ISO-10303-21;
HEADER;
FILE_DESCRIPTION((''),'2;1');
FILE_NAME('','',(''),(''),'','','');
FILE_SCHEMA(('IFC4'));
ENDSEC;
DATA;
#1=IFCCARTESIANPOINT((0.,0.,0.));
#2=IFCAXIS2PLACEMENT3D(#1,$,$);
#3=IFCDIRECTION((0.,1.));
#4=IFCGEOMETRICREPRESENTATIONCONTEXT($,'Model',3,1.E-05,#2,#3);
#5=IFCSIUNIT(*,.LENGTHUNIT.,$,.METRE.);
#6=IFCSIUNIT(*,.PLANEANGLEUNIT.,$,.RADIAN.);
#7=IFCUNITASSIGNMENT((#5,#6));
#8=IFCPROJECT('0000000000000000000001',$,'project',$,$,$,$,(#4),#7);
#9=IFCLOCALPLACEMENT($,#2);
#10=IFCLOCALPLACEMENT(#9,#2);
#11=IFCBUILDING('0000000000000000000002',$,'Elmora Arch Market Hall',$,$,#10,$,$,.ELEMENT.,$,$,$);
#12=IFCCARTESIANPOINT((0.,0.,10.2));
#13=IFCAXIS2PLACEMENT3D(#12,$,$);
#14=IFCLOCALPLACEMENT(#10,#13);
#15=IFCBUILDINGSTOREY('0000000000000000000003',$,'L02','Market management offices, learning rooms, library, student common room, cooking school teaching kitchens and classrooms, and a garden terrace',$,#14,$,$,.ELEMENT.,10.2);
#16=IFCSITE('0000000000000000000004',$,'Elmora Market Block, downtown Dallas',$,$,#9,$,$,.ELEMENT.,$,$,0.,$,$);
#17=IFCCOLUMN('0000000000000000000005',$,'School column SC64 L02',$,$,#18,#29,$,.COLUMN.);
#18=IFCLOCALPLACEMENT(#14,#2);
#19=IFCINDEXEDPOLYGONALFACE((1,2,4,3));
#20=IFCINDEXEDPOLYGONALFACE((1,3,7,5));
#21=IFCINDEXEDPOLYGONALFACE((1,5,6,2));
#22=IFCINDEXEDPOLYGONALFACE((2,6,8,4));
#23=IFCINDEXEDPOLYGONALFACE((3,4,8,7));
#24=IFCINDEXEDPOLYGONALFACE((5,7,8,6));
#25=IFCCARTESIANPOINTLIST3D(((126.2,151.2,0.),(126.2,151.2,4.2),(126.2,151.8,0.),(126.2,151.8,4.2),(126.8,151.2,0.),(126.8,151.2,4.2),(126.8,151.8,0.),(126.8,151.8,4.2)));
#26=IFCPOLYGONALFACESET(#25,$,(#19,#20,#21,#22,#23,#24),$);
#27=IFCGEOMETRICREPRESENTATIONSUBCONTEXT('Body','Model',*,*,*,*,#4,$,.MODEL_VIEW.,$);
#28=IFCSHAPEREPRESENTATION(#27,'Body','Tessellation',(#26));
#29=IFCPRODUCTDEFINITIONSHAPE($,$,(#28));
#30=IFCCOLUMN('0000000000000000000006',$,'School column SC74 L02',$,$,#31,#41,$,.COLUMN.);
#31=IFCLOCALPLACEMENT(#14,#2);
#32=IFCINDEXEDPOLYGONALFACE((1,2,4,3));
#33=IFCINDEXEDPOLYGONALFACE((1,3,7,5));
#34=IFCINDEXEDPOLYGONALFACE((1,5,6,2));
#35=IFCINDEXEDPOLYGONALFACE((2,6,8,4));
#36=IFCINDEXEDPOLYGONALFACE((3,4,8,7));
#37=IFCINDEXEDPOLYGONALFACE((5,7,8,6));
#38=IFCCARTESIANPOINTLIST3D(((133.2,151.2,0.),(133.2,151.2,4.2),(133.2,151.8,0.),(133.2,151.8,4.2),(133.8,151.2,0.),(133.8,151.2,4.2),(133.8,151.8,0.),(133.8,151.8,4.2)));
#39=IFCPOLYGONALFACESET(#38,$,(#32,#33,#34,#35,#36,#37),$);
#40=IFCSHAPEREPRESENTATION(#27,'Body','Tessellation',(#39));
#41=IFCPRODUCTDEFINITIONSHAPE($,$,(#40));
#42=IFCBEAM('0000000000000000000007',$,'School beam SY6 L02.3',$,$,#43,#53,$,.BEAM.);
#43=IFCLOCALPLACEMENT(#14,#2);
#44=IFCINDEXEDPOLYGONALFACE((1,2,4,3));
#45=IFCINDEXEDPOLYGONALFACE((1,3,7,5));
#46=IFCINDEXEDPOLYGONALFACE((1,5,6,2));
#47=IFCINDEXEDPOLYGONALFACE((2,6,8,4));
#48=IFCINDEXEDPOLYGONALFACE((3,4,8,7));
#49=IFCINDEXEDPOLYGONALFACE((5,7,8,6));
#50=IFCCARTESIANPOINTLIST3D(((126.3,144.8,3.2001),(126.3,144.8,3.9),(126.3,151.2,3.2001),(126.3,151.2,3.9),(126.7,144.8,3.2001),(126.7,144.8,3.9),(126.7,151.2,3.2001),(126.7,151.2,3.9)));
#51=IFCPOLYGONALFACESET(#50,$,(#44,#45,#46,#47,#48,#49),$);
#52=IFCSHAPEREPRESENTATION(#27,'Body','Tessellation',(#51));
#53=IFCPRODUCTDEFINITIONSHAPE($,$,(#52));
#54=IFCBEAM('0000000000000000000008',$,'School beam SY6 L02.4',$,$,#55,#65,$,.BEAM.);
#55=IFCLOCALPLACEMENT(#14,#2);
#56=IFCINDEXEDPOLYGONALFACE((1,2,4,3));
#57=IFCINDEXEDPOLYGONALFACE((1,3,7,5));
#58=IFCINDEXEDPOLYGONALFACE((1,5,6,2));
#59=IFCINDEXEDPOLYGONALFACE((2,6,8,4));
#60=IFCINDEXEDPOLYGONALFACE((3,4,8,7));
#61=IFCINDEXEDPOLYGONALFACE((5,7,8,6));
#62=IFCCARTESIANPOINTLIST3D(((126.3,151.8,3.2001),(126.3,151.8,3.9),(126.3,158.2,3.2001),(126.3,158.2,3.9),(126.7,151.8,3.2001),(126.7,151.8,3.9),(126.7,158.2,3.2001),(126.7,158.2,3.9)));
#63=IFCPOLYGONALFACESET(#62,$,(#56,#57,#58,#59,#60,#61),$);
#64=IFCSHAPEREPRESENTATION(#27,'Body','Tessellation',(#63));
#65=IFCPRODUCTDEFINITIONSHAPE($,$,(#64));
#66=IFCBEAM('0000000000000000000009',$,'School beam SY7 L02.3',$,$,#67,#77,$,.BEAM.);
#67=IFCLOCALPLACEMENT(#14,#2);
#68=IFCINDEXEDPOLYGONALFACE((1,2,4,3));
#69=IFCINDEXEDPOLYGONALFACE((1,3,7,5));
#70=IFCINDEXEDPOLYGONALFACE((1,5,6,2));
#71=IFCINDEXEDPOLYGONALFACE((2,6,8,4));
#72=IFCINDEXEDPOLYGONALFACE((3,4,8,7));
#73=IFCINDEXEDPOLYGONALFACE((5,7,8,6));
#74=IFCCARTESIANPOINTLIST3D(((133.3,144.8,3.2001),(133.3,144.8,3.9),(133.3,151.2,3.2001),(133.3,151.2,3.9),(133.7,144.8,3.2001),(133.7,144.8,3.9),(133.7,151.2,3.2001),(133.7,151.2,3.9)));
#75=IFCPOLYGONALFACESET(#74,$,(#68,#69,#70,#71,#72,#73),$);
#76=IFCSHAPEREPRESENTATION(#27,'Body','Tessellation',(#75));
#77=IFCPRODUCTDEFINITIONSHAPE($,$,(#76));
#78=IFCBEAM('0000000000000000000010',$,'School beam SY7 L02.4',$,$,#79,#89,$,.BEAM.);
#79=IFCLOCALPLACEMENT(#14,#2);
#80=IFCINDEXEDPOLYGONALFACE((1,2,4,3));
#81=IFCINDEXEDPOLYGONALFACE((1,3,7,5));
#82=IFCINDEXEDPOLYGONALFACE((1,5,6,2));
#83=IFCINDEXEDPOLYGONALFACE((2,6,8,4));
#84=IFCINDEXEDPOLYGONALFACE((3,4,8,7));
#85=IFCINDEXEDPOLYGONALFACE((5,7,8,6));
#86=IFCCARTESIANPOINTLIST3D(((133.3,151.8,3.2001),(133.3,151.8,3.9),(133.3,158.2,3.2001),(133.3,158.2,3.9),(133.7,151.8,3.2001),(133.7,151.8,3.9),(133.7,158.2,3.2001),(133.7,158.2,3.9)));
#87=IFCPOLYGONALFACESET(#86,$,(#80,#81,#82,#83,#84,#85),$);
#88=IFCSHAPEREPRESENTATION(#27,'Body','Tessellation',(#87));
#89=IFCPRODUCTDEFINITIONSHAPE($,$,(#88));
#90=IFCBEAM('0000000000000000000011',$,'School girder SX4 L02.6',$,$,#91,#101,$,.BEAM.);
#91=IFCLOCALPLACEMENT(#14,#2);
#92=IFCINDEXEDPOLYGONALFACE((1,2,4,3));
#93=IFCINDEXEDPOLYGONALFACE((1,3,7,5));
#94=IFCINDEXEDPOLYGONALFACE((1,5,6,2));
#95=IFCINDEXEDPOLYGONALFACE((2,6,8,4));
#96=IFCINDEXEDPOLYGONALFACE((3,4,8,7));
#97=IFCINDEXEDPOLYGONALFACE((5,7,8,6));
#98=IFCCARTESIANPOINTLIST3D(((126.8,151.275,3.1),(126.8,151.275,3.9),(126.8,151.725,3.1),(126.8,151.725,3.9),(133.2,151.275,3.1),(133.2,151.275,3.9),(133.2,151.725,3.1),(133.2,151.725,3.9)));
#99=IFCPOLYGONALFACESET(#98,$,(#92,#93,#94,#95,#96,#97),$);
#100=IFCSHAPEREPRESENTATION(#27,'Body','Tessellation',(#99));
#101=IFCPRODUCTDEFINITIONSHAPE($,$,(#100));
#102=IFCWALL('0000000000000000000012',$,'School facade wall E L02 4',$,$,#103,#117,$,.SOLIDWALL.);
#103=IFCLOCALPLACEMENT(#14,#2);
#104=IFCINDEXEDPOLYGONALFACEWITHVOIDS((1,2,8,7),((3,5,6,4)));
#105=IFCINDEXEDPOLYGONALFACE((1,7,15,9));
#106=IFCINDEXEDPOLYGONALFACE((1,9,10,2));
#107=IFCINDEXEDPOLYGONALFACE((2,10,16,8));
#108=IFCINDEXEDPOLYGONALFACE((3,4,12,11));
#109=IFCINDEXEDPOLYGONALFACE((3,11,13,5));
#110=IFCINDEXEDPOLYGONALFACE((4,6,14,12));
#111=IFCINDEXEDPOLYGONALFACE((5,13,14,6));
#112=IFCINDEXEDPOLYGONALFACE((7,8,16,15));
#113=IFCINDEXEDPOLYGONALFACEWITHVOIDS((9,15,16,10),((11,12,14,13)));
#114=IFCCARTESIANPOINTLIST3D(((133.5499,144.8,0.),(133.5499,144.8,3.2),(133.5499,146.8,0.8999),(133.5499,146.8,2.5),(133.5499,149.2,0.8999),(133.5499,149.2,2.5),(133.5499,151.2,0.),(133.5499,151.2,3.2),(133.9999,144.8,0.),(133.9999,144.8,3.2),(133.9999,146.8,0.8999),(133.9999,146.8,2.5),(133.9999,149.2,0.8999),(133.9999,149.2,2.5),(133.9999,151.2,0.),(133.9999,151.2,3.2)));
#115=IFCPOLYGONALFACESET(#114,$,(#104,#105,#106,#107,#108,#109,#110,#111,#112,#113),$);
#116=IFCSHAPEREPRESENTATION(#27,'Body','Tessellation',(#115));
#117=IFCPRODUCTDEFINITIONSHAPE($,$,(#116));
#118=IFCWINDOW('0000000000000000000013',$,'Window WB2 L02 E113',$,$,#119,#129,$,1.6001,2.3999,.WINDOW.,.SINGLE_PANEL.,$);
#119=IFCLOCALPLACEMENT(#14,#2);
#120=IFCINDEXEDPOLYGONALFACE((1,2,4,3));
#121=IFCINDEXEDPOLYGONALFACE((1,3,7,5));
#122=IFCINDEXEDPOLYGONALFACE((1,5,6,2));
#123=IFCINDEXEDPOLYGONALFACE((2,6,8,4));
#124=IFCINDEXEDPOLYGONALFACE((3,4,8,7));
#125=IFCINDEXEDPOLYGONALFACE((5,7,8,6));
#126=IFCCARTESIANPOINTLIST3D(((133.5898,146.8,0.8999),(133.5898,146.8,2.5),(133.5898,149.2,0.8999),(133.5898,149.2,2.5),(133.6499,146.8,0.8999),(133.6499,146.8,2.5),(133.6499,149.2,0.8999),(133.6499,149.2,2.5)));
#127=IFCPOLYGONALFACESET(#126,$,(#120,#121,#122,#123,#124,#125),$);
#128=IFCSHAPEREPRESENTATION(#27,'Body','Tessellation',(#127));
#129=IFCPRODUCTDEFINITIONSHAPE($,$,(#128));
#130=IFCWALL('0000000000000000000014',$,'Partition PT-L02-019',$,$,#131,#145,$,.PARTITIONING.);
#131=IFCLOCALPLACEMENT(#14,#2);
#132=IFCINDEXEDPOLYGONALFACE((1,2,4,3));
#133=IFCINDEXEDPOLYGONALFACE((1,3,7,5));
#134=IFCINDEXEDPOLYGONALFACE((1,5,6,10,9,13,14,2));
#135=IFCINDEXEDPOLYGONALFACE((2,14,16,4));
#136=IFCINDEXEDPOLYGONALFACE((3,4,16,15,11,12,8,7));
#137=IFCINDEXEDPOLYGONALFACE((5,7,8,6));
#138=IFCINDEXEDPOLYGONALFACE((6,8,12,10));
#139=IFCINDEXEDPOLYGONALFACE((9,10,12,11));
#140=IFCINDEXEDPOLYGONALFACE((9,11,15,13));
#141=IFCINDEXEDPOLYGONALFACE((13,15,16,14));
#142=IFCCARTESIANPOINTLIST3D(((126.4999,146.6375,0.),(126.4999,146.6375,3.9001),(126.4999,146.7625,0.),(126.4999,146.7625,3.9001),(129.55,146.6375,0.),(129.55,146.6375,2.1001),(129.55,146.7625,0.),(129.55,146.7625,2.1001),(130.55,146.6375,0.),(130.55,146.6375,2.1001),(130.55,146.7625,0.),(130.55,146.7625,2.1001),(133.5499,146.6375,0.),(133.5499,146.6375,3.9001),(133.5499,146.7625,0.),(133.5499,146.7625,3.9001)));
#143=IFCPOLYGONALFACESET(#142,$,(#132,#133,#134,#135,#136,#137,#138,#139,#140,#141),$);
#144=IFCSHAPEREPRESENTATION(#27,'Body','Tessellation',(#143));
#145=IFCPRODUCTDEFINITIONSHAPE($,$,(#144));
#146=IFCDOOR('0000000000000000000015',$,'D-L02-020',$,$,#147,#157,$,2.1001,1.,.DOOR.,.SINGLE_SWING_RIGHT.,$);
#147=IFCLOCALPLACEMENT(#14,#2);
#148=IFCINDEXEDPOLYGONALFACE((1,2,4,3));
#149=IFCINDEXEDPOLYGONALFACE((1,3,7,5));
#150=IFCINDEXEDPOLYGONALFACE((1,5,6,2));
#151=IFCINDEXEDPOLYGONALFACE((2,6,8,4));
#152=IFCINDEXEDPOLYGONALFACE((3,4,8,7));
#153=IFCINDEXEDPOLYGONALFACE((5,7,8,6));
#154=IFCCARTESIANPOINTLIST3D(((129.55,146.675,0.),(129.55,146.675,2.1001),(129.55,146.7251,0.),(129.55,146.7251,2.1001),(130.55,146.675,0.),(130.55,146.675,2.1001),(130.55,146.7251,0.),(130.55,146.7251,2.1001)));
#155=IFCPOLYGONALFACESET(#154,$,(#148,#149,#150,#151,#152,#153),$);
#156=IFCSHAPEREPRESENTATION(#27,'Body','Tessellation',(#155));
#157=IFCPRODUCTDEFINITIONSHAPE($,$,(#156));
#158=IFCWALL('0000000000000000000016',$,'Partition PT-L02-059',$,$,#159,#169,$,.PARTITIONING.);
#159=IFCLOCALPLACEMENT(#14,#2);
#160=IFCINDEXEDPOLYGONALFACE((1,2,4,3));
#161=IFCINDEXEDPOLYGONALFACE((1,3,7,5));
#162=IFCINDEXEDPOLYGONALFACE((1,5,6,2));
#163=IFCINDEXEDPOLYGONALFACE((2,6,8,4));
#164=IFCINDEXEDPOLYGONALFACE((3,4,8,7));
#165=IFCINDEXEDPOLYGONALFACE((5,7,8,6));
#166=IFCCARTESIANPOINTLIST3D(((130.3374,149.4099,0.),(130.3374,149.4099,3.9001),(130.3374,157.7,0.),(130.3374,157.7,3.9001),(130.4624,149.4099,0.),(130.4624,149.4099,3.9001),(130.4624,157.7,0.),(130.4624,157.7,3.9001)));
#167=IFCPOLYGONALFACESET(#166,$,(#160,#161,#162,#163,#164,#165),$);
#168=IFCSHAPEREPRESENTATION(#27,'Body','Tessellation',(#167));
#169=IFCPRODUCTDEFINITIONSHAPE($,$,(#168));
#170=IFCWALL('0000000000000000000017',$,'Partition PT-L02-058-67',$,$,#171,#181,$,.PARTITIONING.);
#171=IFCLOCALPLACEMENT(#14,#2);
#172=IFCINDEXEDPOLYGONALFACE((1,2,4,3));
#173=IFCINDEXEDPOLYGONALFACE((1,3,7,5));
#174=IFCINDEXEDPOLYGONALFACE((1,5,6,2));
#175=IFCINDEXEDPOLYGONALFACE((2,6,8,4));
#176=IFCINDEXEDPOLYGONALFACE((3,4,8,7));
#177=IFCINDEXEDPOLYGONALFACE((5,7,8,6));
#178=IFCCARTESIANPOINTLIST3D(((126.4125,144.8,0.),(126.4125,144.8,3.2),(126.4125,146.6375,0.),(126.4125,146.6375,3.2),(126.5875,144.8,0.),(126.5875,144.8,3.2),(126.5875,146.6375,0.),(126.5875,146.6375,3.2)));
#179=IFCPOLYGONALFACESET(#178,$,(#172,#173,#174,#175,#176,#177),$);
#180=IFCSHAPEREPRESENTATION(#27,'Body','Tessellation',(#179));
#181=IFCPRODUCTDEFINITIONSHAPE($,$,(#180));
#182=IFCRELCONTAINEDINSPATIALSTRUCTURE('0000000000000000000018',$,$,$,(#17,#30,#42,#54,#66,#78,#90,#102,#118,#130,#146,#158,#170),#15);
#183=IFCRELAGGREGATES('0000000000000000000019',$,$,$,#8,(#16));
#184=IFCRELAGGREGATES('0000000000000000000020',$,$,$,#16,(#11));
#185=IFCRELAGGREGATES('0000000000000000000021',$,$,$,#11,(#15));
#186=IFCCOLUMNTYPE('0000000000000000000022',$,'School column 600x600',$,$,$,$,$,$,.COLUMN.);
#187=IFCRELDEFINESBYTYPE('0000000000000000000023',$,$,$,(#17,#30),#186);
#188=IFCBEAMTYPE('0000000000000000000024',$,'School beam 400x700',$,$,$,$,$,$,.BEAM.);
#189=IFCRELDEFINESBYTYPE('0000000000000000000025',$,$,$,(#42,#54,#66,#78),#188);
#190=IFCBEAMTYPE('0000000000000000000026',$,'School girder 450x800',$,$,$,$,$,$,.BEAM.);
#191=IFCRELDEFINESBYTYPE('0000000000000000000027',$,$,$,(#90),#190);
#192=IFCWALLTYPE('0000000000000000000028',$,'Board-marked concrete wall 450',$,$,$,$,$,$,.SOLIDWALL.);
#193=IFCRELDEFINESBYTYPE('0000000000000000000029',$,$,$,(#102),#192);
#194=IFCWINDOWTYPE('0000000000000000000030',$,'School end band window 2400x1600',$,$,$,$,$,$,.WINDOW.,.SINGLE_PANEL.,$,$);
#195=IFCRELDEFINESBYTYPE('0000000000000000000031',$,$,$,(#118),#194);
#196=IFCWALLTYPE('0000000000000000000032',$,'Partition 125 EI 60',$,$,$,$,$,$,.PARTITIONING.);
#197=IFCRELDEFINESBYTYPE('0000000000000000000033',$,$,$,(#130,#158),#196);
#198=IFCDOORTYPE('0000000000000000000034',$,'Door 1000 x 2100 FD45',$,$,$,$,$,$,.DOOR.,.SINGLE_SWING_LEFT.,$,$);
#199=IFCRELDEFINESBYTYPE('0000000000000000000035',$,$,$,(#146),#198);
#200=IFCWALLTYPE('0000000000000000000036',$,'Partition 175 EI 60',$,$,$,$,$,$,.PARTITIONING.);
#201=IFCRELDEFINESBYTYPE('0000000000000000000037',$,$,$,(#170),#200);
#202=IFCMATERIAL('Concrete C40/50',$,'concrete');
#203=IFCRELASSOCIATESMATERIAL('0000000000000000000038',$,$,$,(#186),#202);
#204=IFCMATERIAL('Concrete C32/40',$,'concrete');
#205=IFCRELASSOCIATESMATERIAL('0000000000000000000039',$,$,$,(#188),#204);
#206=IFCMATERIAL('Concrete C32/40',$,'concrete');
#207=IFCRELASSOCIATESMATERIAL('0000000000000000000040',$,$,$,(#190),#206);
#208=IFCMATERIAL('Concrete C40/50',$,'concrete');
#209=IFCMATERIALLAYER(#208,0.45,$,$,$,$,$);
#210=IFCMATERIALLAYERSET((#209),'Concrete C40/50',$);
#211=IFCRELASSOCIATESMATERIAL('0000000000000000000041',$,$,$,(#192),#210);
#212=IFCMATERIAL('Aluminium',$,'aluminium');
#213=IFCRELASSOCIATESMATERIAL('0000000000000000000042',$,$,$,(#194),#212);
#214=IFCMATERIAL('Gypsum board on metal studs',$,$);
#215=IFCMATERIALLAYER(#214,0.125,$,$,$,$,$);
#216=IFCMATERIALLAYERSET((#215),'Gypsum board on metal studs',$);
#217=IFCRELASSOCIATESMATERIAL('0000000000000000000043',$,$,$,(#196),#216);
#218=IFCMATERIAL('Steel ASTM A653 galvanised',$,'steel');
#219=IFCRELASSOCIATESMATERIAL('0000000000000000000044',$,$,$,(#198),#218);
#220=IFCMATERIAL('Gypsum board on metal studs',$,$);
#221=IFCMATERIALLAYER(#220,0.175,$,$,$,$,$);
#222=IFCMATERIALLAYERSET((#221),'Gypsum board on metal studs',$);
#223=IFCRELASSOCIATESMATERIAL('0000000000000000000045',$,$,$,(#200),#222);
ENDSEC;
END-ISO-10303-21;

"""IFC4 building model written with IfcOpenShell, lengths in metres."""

from ifc_helpers import new_model, si_unit, direction, frame, frame_2d, origin, origin_2d, place, context, subcontext, project, spatial, rectangle, extrude, material, layer, layer_set, material_profile, profile_set, type_object, element, fill, save


model = new_model("IFC4")

# Units and contexts
model_context = context("Model", 3, precision=1e-05, world=origin(), true_north=direction((0.0, 1.0)))
body_context = subcontext(model_context, "Body", "Model", "MODEL_VIEW")
ifc_project = project(units=[si_unit("LENGTHUNIT", "METRE"), si_unit("PLANEANGLEUNIT", "RADIAN")], contexts=[model_context])

# Site, building, storey
site_placement = place(None, origin())
site = spatial("IfcSite", under=ifc_project, at=site_placement, Name="Elmora Market Block, downtown Dallas", CompositionType="ELEMENT", RefElevation=0.0)
building_placement = place(site_placement, origin())
building = spatial("IfcBuilding", under=site, at=building_placement, Name="Elmora Arch Market Hall", CompositionType="ELEMENT")
storey_placement = place(building_placement, frame((0.0, 0.0, 10.2)))
storey = spatial("IfcBuildingStorey", under=building, at=storey_placement, Name="L02", Description="Market management offices, learning rooms, library, student common room, cooking school teaching kitchens and classrooms, and a garden terrace", CompositionType="ELEMENT", Elevation=10.2)

# Columns
ifc_material_1 = material(Name="Concrete C40/50", Category="concrete")
ifc_material_profile_1 = material_profile(ifc_material_1, rectangle(XDim=0.6001, YDim=0.6001, at=origin_2d()), Name="School column 600x600")
ifc_profile_set_1 = profile_set([ifc_material_profile_1], Name="Concrete C40/50")
column_type = type_object("IfcColumnType", Name="School column 600x600", PredefinedType="COLUMN", material=ifc_profile_set_1)
for number, where, z_axis, x_axis, name in (
    (1, (126.5, 151.5, 0.0), (0.0, 0.0, 1.0), (1.0, 0.0, 0.0), "School column SC64 L02"),
    (2, (133.5, 151.5, 0.0), (0.0, 0.0, 1.0), (1.0, 0.0, 0.0), "School column SC74 L02"),
):
    element("IfcColumn", number, at=place(storey_placement, frame(where, z_axis=z_axis, x_axis=x_axis)), inside=storey, type_object=column_type, Name=name, PredefinedType="COLUMN", context=body_context, shape_type="SweptSolid", body=[
        extrude(rectangle(XDim=0.6001, YDim=0.6001, at=origin_2d()), origin(), (0.0, 0.0, 1.0), 4.2),
    ])

# Beams
ifc_material_2 = material(Name="Concrete C32/40", Category="concrete")
ifc_material_profile_2 = material_profile(ifc_material_2, rectangle(XDim=0.3999, YDim=0.7, at=origin_2d()), Name="School beam 400x700")
ifc_profile_set_2 = profile_set([ifc_material_profile_2], Name="Concrete C32/40")
beam_type_1 = type_object("IfcBeamType", Name="School beam 400x700", PredefinedType="BEAM", material=ifc_profile_set_2)
for number, where, z_axis, x_axis, name in (
    (3, (126.5, 144.8, 3.55), (0.0, 1.0, 0.0), (-1.0, 0.0, 0.0), "School beam SY6 L02.3"),
    (4, (126.5, 151.8, 3.55), (0.0, 1.0, 0.0), (-1.0, 0.0, 0.0), "School beam SY6 L02.4"),
    (5, (133.5, 144.8, 3.55), (0.0, 1.0, 0.0), (-1.0, 0.0, 0.0), "School beam SY7 L02.3"),
    (6, (133.5, 151.8, 3.55), (0.0, 1.0, 0.0), (-1.0, 0.0, 0.0), "School beam SY7 L02.4"),
):
    element("IfcBeam", number, at=place(storey_placement, frame(where, z_axis=z_axis, x_axis=x_axis)), inside=storey, type_object=beam_type_1, Name=name, PredefinedType="BEAM", context=body_context, shape_type="SweptSolid", body=[
        extrude(rectangle(XDim=0.3999, YDim=0.7, at=origin_2d()), origin(), (0.0, 0.0, 1.0), 6.3999),
    ])
ifc_material_3 = material(Name="Concrete C32/40", Category="concrete")
ifc_material_profile_3 = material_profile(ifc_material_3, rectangle(XDim=0.45, YDim=0.8, at=origin_2d()), Name="School girder 450x800")
ifc_profile_set_3 = profile_set([ifc_material_profile_3], Name="Concrete C32/40")
beam_type_2 = type_object("IfcBeamType", Name="School girder 450x800", PredefinedType="BEAM", material=ifc_profile_set_3)
beam_placement = place(storey_placement, frame((126.8, 151.5, 3.5), z_axis=(1.0, 0.0, 0.0), x_axis=(0.0, 1.0, 0.0)))
element("IfcBeam", 7, at=beam_placement, inside=storey, type_object=beam_type_2, Name="School girder SX4 L02.6", PredefinedType="BEAM", context=body_context, shape_type="SweptSolid", body=[
    extrude(rectangle(XDim=0.45, YDim=0.8, at=origin_2d()), origin(), (0.0, 0.0, 1.0), 6.3999),
])

# Wall, opening, window
ifc_material_4 = material(Name="Concrete C40/50", Category="concrete")
ifc_layer_1 = layer(ifc_material_4, 0.45)
ifc_layer_set_1 = layer_set([ifc_layer_1], Name="Concrete C40/50")
wall_type_1 = type_object("IfcWallType", Name="Board-marked concrete wall 450", PredefinedType="SOLIDWALL", material=ifc_layer_set_1)
wall_1_placement = place(storey_placement, frame((133.7749, 151.2, 0.0), z_axis=(0.0, 0.0, 1.0), x_axis=(0.0, -1.0, 0.0)))
wall_1 = element("IfcWall", 8, at=wall_1_placement, inside=storey, type_object=wall_type_1, Name="School facade wall E L02 4", PredefinedType="SOLIDWALL", context=body_context, shape_type="SweptSolid", body=[
    extrude(rectangle(XDim=6.3999, YDim=0.45, at=frame_2d((3.2, 0.0))), origin(), (0.0, 0.0, 1.0), 3.2),
])
opening_1_placement = place(wall_1_placement, frame((2.0, 0.0, 0.8999)))
opening_1 = element("IfcOpeningElement", 9, at=opening_1_placement, cuts=wall_1, PredefinedType="OPENING", context=body_context, shape_type="SweptSolid", body=[
    extrude(rectangle(XDim=2.3999, YDim=1.6001, at=frame_2d((1.2, 0.8))), frame((0.0, 0.2349, 0.0), z_axis=(0.0, -1.0, 0.0), x_axis=(1.0, 0.0, 0.0)), (0.0, 0.0, 1.0), 0.47),
])
ifc_material_5 = material(Name="Aluminium", Category="aluminium")
window_type = type_object("IfcWindowType", Name="School end band window 2400x1600", PartitioningType="SINGLE_PANEL", PredefinedType="WINDOW", material=ifc_material_5)
window_placement = place(opening_1_placement, origin())
window = element("IfcWindow", 10, at=window_placement, inside=storey, type_object=window_type, Name="Window WB2 L02 E113", OverallHeight=1.6001, OverallWidth=2.3999, PartitioningType="SINGLE_PANEL", PredefinedType="WINDOW", context=body_context, shape_type="SweptSolid", body=[
    extrude(rectangle(XDim=2.3999, YDim=1.6001, at=frame_2d((1.2, 0.8))), frame((0.0, -0.125, 0.0), z_axis=(0.0, -1.0, 0.0), x_axis=(1.0, 0.0, 0.0)), (0.0, 0.0, 1.0), 0.0601),
])
fill(opening_1, window)

# Wall, opening, door
ifc_material_6 = material(Name="Gypsum board on metal studs")
ifc_layer_2 = layer(ifc_material_6, 0.125)
ifc_layer_set_2 = layer_set([ifc_layer_2], Name="Gypsum board on metal studs")
wall_type_2 = type_object("IfcWallType", Name="Partition 125 EI 60", PredefinedType="PARTITIONING", material=ifc_layer_set_2)
wall_2_placement = place(storey_placement, frame((126.5, 146.7, 0.0), z_axis=(0.0, 0.0, 1.0), x_axis=(1.0, 0.0, 0.0)))
wall_2 = element("IfcWall", 11, at=wall_2_placement, inside=storey, type_object=wall_type_2, Name="Partition PT-L02-019", PredefinedType="PARTITIONING", context=body_context, shape_type="SweptSolid", body=[
    extrude(rectangle(XDim=7.05, YDim=0.125, at=frame_2d((3.5249, 0.0))), origin(), (0.0, 0.0, 1.0), 3.9001),
])
opening_2_placement = place(wall_2_placement, frame((3.05, 0.0, 0.0)))
opening_2 = element("IfcOpeningElement", 12, at=opening_2_placement, cuts=wall_2, PredefinedType="OPENING", context=body_context, shape_type="SweptSolid", body=[
    extrude(rectangle(XDim=1.0, YDim=2.1001, at=frame_2d((0.5, 1.05))), frame((0.0, 0.0725, 0.0), z_axis=(0.0, -1.0, 0.0), x_axis=(1.0, 0.0, 0.0)), (0.0, 0.0, 1.0), 0.145),
])
ifc_material_7 = material(Name="Steel ASTM A653 galvanised", Category="steel")
door_type = type_object("IfcDoorType", Name="Door 1000 x 2100 FD45", OperationType="SINGLE_SWING_LEFT", PredefinedType="DOOR", material=ifc_material_7)
door_placement = place(opening_2_placement, frame((1.0, 0.0, 0.0), z_axis=(0.0, 0.0, 1.0), x_axis=(-1.0, 0.0, 0.0)))
door = element("IfcDoor", 13, at=door_placement, inside=storey, type_object=door_type, Name="D-L02-020", OperationType="SINGLE_SWING_RIGHT", OverallHeight=2.1001, OverallWidth=1.0, PredefinedType="DOOR", context=body_context, shape_type="SweptSolid", body=[
    extrude(rectangle(XDim=1.0, YDim=2.1001, at=frame_2d((0.5, 1.05))), frame((0.0, 0.0249, 0.0), z_axis=(0.0, -1.0, 0.0), x_axis=(1.0, 0.0, 0.0)), (0.0, 0.0, 1.0), 0.05),
])
fill(opening_2, door)

# Walls
wall_3_placement = place(storey_placement, frame((130.3999, 149.4099, 0.0), z_axis=(0.0, 0.0, 1.0), x_axis=(0.0, 1.0, 0.0)))
element("IfcWall", 14, at=wall_3_placement, inside=storey, type_object=wall_type_2, Name="Partition PT-L02-059", PredefinedType="PARTITIONING", context=body_context, shape_type="SweptSolid", body=[
    extrude(rectangle(XDim=8.29, YDim=0.125, at=frame_2d((4.145, 0.0))), origin(), (0.0, 0.0, 1.0), 3.9001),
])
ifc_material_8 = material(Name="Gypsum board on metal studs")
ifc_layer_3 = layer(ifc_material_8, 0.175)
ifc_layer_set_3 = layer_set([ifc_layer_3], Name="Gypsum board on metal studs")
wall_type_3 = type_object("IfcWallType", Name="Partition 175 EI 60", PredefinedType="PARTITIONING", material=ifc_layer_set_3)
wall_4_placement = place(storey_placement, frame((126.5, 144.8, 0.0), z_axis=(0.0, 0.0, 1.0), x_axis=(0.0, 1.0, 0.0)))
element("IfcWall", 15, at=wall_4_placement, inside=storey, type_object=wall_type_3, Name="Partition PT-L02-058-67", PredefinedType="PARTITIONING", context=body_context, shape_type="SweptSolid", body=[
    extrude(rectangle(XDim=1.8374, YDim=0.175, at=frame_2d((0.9187, 0.0))), origin(), (0.0, 0.0, 1.0), 3.2),
])

save(model, "model.ifc")
